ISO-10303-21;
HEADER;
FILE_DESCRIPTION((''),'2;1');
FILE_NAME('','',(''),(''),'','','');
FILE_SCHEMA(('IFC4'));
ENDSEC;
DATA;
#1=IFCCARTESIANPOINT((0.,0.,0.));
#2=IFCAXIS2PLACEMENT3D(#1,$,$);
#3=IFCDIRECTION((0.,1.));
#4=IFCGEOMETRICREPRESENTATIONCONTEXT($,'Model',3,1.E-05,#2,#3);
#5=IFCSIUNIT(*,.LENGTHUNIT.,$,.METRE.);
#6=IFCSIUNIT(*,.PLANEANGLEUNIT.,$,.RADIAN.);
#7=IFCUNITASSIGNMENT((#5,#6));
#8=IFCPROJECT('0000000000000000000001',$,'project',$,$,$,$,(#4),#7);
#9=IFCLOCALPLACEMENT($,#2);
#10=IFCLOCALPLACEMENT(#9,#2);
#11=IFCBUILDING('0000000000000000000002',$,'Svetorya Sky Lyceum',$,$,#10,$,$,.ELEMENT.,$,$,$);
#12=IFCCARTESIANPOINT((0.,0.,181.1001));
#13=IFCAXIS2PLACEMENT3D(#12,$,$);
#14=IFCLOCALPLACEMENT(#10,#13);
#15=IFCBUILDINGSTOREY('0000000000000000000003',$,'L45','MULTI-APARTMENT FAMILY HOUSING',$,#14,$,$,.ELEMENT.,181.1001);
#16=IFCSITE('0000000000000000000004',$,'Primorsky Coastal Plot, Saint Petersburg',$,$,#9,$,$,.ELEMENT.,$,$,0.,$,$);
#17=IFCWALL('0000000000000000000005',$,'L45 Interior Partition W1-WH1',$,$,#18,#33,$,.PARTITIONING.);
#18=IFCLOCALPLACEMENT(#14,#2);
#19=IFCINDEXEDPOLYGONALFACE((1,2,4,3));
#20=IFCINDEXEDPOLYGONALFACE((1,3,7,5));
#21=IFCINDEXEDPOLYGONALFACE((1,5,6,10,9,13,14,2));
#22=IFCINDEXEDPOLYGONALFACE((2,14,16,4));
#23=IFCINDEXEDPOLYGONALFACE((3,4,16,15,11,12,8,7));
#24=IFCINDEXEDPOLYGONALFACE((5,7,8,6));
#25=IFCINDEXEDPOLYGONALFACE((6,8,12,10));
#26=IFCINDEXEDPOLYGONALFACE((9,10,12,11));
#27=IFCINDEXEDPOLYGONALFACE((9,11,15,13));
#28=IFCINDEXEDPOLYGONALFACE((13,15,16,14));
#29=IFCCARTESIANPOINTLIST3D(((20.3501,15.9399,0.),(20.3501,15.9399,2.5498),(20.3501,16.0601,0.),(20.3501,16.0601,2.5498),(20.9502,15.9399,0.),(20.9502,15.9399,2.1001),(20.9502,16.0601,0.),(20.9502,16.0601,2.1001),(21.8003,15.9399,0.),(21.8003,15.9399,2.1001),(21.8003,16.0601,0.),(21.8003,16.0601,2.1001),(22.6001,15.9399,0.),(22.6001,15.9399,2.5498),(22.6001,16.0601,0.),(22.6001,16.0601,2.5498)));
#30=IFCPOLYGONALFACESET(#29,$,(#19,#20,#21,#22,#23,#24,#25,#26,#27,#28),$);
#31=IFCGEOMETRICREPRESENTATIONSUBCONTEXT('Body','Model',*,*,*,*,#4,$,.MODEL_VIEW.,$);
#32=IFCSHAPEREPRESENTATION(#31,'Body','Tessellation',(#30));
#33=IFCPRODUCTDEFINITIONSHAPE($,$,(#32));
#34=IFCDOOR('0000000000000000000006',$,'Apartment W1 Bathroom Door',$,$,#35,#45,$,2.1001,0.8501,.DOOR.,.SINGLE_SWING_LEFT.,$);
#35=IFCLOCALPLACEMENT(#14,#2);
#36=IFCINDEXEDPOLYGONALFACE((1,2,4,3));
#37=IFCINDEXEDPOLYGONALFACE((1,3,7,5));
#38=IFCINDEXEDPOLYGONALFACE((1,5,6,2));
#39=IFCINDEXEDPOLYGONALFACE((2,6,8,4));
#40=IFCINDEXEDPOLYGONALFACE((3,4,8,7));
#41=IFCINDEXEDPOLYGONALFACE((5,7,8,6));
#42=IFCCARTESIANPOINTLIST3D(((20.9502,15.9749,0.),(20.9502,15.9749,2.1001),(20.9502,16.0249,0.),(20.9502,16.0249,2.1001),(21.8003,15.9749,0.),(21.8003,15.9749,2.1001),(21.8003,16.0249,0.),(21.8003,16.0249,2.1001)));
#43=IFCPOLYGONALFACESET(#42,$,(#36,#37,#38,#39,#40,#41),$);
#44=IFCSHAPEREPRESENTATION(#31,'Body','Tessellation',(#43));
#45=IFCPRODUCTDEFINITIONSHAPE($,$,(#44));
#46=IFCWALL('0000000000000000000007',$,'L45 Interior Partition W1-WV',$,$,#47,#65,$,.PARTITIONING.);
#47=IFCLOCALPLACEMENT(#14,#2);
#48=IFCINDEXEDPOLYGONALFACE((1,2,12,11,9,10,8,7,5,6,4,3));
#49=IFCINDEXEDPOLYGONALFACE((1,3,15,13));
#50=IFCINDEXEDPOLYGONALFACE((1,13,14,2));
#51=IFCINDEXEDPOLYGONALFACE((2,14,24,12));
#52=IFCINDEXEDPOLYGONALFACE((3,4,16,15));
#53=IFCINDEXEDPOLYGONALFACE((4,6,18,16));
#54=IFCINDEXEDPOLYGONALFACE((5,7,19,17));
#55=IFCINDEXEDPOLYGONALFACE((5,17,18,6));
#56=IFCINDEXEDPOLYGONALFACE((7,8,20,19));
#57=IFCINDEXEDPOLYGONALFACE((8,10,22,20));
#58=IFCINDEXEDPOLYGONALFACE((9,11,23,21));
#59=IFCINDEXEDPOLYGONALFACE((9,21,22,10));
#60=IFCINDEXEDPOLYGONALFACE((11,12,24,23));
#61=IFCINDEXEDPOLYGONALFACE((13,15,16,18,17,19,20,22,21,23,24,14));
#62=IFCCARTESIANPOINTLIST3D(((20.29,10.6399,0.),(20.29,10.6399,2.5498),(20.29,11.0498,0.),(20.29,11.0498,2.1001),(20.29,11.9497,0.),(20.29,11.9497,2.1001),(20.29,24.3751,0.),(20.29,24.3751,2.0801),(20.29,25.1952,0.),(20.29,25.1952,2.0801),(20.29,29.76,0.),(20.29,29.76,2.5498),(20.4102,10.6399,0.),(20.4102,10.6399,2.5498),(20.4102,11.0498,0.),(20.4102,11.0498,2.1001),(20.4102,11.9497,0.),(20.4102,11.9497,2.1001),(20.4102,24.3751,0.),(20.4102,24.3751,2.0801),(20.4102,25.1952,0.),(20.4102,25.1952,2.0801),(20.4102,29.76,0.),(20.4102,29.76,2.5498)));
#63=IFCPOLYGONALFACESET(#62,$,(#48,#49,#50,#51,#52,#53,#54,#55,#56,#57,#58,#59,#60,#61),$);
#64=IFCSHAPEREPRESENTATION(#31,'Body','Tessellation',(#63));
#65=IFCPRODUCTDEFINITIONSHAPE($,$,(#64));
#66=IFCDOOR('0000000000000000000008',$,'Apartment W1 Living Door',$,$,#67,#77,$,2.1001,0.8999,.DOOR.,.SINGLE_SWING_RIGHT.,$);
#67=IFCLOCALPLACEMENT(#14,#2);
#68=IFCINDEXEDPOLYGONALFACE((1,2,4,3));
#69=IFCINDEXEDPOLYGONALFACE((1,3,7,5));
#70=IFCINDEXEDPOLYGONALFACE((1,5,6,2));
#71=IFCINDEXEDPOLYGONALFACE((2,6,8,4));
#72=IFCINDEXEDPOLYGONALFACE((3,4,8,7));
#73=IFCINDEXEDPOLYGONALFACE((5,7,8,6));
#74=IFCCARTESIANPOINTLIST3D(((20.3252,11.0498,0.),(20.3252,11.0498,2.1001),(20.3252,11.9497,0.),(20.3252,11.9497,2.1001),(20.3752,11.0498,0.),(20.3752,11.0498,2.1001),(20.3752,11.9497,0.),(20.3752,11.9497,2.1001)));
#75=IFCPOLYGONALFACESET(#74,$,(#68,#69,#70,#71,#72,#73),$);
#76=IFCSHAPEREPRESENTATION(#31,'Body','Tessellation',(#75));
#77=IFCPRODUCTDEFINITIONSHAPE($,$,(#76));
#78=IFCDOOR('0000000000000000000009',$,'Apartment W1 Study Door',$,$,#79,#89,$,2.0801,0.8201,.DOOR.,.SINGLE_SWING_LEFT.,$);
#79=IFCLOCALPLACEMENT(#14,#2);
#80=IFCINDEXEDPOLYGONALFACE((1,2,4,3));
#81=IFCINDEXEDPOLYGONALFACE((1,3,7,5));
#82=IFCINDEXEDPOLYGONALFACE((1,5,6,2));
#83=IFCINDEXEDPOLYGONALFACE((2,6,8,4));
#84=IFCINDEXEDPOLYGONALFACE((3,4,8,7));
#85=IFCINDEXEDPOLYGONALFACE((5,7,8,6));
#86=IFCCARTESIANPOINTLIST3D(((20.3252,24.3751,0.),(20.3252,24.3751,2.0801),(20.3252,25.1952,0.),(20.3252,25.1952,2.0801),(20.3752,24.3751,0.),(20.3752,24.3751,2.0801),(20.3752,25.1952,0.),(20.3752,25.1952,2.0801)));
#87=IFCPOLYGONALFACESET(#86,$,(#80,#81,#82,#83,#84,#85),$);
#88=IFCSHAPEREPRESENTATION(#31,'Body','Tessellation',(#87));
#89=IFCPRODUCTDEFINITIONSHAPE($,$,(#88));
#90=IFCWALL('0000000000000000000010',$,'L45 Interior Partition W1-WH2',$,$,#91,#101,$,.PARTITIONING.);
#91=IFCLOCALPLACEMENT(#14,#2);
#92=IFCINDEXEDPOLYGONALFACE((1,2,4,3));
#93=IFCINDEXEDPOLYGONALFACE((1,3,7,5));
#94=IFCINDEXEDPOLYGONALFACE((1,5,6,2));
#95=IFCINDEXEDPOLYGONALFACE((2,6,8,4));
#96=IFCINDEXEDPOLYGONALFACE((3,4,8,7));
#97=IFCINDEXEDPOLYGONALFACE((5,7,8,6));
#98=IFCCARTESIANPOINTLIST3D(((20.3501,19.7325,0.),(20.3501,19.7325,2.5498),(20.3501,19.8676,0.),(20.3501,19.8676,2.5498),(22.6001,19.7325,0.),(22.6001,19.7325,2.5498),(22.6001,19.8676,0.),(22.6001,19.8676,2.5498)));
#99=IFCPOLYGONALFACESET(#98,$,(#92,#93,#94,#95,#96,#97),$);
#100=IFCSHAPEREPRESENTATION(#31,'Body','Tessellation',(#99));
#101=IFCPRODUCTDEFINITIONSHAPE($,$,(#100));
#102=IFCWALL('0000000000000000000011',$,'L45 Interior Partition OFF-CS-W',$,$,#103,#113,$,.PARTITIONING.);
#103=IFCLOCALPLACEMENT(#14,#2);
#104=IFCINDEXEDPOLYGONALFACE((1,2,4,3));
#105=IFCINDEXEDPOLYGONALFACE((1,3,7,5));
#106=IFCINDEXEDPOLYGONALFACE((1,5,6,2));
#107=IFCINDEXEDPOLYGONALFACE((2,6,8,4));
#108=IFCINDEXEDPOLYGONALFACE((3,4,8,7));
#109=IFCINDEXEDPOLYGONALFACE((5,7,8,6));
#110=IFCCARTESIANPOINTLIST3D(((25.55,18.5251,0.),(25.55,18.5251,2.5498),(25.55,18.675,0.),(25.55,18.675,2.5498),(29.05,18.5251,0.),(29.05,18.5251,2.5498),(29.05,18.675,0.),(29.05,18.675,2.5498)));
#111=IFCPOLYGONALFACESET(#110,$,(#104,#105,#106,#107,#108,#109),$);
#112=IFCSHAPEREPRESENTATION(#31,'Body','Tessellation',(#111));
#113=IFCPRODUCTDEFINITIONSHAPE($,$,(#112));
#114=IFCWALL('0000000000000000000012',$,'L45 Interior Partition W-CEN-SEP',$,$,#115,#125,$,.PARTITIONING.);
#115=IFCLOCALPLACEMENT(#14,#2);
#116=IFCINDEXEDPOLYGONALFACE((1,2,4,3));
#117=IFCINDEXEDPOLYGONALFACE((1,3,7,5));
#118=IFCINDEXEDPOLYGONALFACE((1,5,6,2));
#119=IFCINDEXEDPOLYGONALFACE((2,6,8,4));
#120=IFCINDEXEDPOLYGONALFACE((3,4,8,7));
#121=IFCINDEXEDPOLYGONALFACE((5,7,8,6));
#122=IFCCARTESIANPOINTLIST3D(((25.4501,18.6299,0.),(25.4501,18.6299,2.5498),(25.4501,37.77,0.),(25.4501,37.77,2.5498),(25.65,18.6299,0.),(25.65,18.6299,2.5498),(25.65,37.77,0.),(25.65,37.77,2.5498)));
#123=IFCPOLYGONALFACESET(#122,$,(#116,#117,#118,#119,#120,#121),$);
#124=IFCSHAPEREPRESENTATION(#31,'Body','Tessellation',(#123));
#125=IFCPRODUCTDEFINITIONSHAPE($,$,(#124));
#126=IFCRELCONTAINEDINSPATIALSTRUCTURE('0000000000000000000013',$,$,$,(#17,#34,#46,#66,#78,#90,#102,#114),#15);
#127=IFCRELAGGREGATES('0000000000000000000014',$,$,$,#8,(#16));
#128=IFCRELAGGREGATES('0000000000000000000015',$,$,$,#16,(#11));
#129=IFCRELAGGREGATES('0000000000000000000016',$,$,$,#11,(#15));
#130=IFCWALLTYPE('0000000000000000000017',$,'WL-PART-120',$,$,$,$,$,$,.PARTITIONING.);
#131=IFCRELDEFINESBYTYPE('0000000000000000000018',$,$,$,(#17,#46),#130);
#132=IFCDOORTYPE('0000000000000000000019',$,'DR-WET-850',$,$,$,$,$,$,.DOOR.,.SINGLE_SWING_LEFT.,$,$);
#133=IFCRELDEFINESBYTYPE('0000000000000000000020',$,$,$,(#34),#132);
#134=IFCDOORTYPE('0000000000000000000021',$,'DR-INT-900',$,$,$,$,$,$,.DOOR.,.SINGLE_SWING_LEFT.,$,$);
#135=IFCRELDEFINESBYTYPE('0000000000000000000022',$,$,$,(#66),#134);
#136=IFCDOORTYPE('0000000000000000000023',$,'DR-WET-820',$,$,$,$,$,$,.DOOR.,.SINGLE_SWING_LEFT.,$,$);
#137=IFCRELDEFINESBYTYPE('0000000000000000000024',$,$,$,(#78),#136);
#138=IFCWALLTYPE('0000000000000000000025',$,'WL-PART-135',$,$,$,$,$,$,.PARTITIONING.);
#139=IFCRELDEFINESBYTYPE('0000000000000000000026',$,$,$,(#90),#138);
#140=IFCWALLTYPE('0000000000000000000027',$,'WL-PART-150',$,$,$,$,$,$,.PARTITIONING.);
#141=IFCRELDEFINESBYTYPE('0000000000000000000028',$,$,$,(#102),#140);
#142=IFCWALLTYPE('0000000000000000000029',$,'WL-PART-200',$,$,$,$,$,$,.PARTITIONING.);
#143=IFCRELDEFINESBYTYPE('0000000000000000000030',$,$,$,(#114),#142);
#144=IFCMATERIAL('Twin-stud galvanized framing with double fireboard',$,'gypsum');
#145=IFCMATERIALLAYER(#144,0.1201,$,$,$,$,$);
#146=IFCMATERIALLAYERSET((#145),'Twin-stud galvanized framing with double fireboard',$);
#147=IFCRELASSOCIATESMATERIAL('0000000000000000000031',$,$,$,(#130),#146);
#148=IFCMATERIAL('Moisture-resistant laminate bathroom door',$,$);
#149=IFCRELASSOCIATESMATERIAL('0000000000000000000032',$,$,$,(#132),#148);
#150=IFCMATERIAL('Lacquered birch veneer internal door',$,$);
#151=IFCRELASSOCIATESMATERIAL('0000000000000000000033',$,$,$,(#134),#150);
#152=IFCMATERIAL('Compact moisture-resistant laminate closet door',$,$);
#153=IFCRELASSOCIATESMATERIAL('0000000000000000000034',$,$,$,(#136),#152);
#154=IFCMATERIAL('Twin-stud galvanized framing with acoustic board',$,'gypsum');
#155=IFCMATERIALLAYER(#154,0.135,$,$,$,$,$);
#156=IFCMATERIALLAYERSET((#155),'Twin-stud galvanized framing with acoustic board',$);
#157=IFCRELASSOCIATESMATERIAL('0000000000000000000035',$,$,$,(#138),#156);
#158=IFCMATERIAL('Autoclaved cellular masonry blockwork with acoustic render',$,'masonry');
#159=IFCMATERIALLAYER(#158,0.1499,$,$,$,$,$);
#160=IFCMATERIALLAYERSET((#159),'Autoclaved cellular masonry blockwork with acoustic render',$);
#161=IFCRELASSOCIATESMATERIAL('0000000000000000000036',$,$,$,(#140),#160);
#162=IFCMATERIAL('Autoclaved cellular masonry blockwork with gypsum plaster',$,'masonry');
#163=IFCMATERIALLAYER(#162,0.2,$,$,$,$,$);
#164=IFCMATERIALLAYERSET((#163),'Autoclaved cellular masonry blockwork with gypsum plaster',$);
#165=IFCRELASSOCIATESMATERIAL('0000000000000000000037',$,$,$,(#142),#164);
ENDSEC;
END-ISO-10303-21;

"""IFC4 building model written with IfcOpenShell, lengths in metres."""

from ifc_helpers import new_model, si_unit, direction, frame, frame_2d, origin, place, context, subcontext, project, spatial, rectangle, extrude, material, layer, layer_set, type_object, element, fill, save


model = new_model("IFC4")

# Units and contexts
model_context = context("Model", 3, precision=1e-05, world=origin(), true_north=direction((0.0, 1.0)))
body_context = subcontext(model_context, "Body", "Model", "MODEL_VIEW")
ifc_project = project(units=[si_unit("LENGTHUNIT", "METRE"), si_unit("PLANEANGLEUNIT", "RADIAN")], contexts=[model_context])

# Site, building, storey
site_placement = place(None, origin())
site = spatial("IfcSite", under=ifc_project, at=site_placement, Name="Primorsky Coastal Plot, Saint Petersburg", CompositionType="ELEMENT", RefElevation=0.0)
building_placement = place(site_placement, origin())
building = spatial("IfcBuilding", under=site, at=building_placement, Name="Svetorya Sky Lyceum", CompositionType="ELEMENT")
storey_placement = place(building_placement, frame((0.0, 0.0, 181.1001)))
storey = spatial("IfcBuildingStorey", under=building, at=storey_placement, Name="L45", Description="MULTI-APARTMENT FAMILY HOUSING", CompositionType="ELEMENT", Elevation=181.1001)

# Wall, opening, door
ifc_material_1 = material(Name="Twin-stud galvanized framing with double fireboard", Category="gypsum")
ifc_layer_1 = layer(ifc_material_1, 0.1201)
ifc_layer_set_1 = layer_set([ifc_layer_1], Name="Twin-stud galvanized framing with double fireboard")
wall_type_1 = type_object("IfcWallType", Name="WL-PART-120", PredefinedType="PARTITIONING", material=ifc_layer_set_1)
wall_1_placement = place(storey_placement, frame((20.3501, 16.0, 0.0), z_axis=(0.0, 0.0, 1.0), x_axis=(1.0, 0.0, 0.0)))
wall_1 = element("IfcWall", 1, at=wall_1_placement, inside=storey, type_object=wall_type_1, Name="L45 Interior Partition W1-WH1", PredefinedType="PARTITIONING", context=body_context, shape_type="SweptSolid", body=[
    extrude(rectangle(XDim=2.25, YDim=0.1201, at=frame_2d((1.125, 0.0))), origin(), (0.0, 0.0, 1.0), 2.5498),
])
opening_1_placement = place(wall_1_placement, frame((0.6001, 0.0, 0.0)))
opening_1 = element("IfcOpeningElement", 2, at=opening_1_placement, cuts=wall_1, PredefinedType="OPENING", context=body_context, shape_type="SweptSolid", body=[
    extrude(rectangle(XDim=0.8501, YDim=2.1001, at=frame_2d((0.425, 1.05))), frame((0.0, 0.0701, 0.0), z_axis=(0.0, -1.0, 0.0), x_axis=(1.0, 0.0, 0.0)), (0.0, 0.0, 1.0), 0.1401),
])
ifc_material_2 = material(Name="Moisture-resistant laminate bathroom door")
door_type_1 = type_object("IfcDoorType", Name="DR-WET-850", OperationType="SINGLE_SWING_LEFT", PredefinedType="DOOR", material=ifc_material_2)
door_1_placement = place(opening_1_placement, origin())
door_1 = element("IfcDoor", 3, at=door_1_placement, inside=storey, type_object=door_type_1, Name="Apartment W1 Bathroom Door", OperationType="SINGLE_SWING_LEFT", OverallHeight=2.1001, OverallWidth=0.8501, PredefinedType="DOOR", context=body_context, shape_type="SweptSolid", body=[
    extrude(rectangle(XDim=0.8501, YDim=2.1001, at=frame_2d((0.425, 1.05))), frame((0.0, 0.0249, 0.0), z_axis=(0.0, -1.0, 0.0), x_axis=(1.0, 0.0, 0.0)), (0.0, 0.0, 1.0), 0.05),
])
fill(opening_1, door_1)

# Wall, openings, doors
wall_2_placement = place(storey_placement, frame((20.3501, 10.6399, 0.0), z_axis=(0.0, 0.0, 1.0), x_axis=(0.0, 1.0, 0.0)))
wall_2 = element("IfcWall", 4, at=wall_2_placement, inside=storey, type_object=wall_type_1, Name="L45 Interior Partition W1-WV", PredefinedType="PARTITIONING", context=body_context, shape_type="SweptSolid", body=[
    extrude(rectangle(XDim=19.1201, YDim=0.1201, at=frame_2d((9.5601, 0.0))), origin(), (0.0, 0.0, 1.0), 2.5498),
])
opening_2_placement = place(wall_2_placement, frame((0.4099, 0.0, 0.0)))
opening_2 = element("IfcOpeningElement", 5, at=opening_2_placement, cuts=wall_2, PredefinedType="OPENING", context=body_context, shape_type="SweptSolid", body=[
    extrude(rectangle(XDim=0.8999, YDim=2.1001, at=frame_2d((0.45, 1.05))), frame((0.0, 0.0701, 0.0), z_axis=(0.0, -1.0, 0.0), x_axis=(1.0, 0.0, 0.0)), (0.0, 0.0, 1.0), 0.1401),
])
opening_3_placement = place(wall_2_placement, frame((13.7351, 0.0, 0.0)))
opening_3 = element("IfcOpeningElement", 6, at=opening_3_placement, cuts=wall_2, PredefinedType="OPENING", context=body_context, shape_type="SweptSolid", body=[
    extrude(rectangle(XDim=0.8201, YDim=2.0801, at=frame_2d((0.4102, 1.04))), frame((0.0, 0.0701, 0.0), z_axis=(0.0, -1.0, 0.0), x_axis=(1.0, 0.0, 0.0)), (0.0, 0.0, 1.0), 0.1401),
])
ifc_material_3 = material(Name="Lacquered birch veneer internal door")
door_type_2 = type_object("IfcDoorType", Name="DR-INT-900", OperationType="SINGLE_SWING_LEFT", PredefinedType="DOOR", material=ifc_material_3)
door_2_placement = place(opening_2_placement, origin())
door_2 = element("IfcDoor", 7, at=door_2_placement, inside=storey, type_object=door_type_2, Name="Apartment W1 Living Door", OperationType="SINGLE_SWING_RIGHT", OverallHeight=2.1001, OverallWidth=0.8999, PredefinedType="DOOR", context=body_context, shape_type="SweptSolid", body=[
    extrude(rectangle(XDim=0.8999, YDim=2.1001, at=frame_2d((0.45, 1.05))), frame((0.0, 0.0249, 0.0), z_axis=(0.0, -1.0, 0.0), x_axis=(1.0, 0.0, 0.0)), (0.0, 0.0, 1.0), 0.05),
])
fill(opening_2, door_2)
ifc_material_4 = material(Name="Compact moisture-resistant laminate closet door")
door_type_3 = type_object("IfcDoorType", Name="DR-WET-820", OperationType="SINGLE_SWING_LEFT", PredefinedType="DOOR", material=ifc_material_4)
door_3_placement = place(opening_3_placement, origin())
door_3 = element("IfcDoor", 8, at=door_3_placement, inside=storey, type_object=door_type_3, Name="Apartment W1 Study Door", OperationType="SINGLE_SWING_LEFT", OverallHeight=2.0801, OverallWidth=0.8201, PredefinedType="DOOR", context=body_context, shape_type="SweptSolid", body=[
    extrude(rectangle(XDim=0.8201, YDim=2.0801, at=frame_2d((0.4102, 1.04))), frame((0.0, 0.0249, 0.0), z_axis=(0.0, -1.0, 0.0), x_axis=(1.0, 0.0, 0.0)), (0.0, 0.0, 1.0), 0.05),
])
fill(opening_3, door_3)

# Walls
ifc_material_5 = material(Name="Twin-stud galvanized framing with acoustic board", Category="gypsum")
ifc_layer_2 = layer(ifc_material_5, 0.135)
ifc_layer_set_2 = layer_set([ifc_layer_2], Name="Twin-stud galvanized framing with acoustic board")
wall_type_2 = type_object("IfcWallType", Name="WL-PART-135", PredefinedType="PARTITIONING", material=ifc_layer_set_2)
wall_3_placement = place(storey_placement, frame((20.3501, 19.8, 0.0), z_axis=(0.0, 0.0, 1.0), x_axis=(1.0, 0.0, 0.0)))
element("IfcWall", 9, at=wall_3_placement, inside=storey, type_object=wall_type_2, Name="L45 Interior Partition W1-WH2", PredefinedType="PARTITIONING", context=body_context, shape_type="SweptSolid", body=[
    extrude(rectangle(XDim=2.25, YDim=0.135, at=frame_2d((1.125, 0.0))), origin(), (0.0, 0.0, 1.0), 2.5498),
])
ifc_material_6 = material(Name="Autoclaved cellular masonry blockwork with acoustic render", Category="masonry")
ifc_layer_3 = layer(ifc_material_6, 0.1499)
ifc_layer_set_3 = layer_set([ifc_layer_3], Name="Autoclaved cellular masonry blockwork with acoustic render")
wall_type_3 = type_object("IfcWallType", Name="WL-PART-150", PredefinedType="PARTITIONING", material=ifc_layer_set_3)
wall_4_placement = place(storey_placement, frame((25.55, 18.6001, 0.0), z_axis=(0.0, 0.0, 1.0), x_axis=(1.0, 0.0, 0.0)))
element("IfcWall", 10, at=wall_4_placement, inside=storey, type_object=wall_type_3, Name="L45 Interior Partition OFF-CS-W", PredefinedType="PARTITIONING", context=body_context, shape_type="SweptSolid", body=[
    extrude(rectangle(XDim=3.5, YDim=0.1499, at=frame_2d((1.75, 0.0))), origin(), (0.0, 0.0, 1.0), 2.5498),
])
ifc_material_7 = material(Name="Autoclaved cellular masonry blockwork with gypsum plaster", Category="masonry")
ifc_layer_4 = layer(ifc_material_7, 0.2)
ifc_layer_set_4 = layer_set([ifc_layer_4], Name="Autoclaved cellular masonry blockwork with gypsum plaster")
wall_type_4 = type_object("IfcWallType", Name="WL-PART-200", PredefinedType="PARTITIONING", material=ifc_layer_set_4)
wall_5_placement = place(storey_placement, frame((25.55, 18.6299, 0.0), z_axis=(0.0, 0.0, 1.0), x_axis=(0.0, 1.0, 0.0)))
element("IfcWall", 11, at=wall_5_placement, inside=storey, type_object=wall_type_4, Name="L45 Interior Partition W-CEN-SEP", PredefinedType="PARTITIONING", context=body_context, shape_type="SweptSolid", body=[
    extrude(rectangle(XDim=19.1401, YDim=0.2, at=frame_2d((9.5701, 0.0))), origin(), (0.0, 0.0, 1.0), 2.5498),
])

save(model, "model.ifc")
